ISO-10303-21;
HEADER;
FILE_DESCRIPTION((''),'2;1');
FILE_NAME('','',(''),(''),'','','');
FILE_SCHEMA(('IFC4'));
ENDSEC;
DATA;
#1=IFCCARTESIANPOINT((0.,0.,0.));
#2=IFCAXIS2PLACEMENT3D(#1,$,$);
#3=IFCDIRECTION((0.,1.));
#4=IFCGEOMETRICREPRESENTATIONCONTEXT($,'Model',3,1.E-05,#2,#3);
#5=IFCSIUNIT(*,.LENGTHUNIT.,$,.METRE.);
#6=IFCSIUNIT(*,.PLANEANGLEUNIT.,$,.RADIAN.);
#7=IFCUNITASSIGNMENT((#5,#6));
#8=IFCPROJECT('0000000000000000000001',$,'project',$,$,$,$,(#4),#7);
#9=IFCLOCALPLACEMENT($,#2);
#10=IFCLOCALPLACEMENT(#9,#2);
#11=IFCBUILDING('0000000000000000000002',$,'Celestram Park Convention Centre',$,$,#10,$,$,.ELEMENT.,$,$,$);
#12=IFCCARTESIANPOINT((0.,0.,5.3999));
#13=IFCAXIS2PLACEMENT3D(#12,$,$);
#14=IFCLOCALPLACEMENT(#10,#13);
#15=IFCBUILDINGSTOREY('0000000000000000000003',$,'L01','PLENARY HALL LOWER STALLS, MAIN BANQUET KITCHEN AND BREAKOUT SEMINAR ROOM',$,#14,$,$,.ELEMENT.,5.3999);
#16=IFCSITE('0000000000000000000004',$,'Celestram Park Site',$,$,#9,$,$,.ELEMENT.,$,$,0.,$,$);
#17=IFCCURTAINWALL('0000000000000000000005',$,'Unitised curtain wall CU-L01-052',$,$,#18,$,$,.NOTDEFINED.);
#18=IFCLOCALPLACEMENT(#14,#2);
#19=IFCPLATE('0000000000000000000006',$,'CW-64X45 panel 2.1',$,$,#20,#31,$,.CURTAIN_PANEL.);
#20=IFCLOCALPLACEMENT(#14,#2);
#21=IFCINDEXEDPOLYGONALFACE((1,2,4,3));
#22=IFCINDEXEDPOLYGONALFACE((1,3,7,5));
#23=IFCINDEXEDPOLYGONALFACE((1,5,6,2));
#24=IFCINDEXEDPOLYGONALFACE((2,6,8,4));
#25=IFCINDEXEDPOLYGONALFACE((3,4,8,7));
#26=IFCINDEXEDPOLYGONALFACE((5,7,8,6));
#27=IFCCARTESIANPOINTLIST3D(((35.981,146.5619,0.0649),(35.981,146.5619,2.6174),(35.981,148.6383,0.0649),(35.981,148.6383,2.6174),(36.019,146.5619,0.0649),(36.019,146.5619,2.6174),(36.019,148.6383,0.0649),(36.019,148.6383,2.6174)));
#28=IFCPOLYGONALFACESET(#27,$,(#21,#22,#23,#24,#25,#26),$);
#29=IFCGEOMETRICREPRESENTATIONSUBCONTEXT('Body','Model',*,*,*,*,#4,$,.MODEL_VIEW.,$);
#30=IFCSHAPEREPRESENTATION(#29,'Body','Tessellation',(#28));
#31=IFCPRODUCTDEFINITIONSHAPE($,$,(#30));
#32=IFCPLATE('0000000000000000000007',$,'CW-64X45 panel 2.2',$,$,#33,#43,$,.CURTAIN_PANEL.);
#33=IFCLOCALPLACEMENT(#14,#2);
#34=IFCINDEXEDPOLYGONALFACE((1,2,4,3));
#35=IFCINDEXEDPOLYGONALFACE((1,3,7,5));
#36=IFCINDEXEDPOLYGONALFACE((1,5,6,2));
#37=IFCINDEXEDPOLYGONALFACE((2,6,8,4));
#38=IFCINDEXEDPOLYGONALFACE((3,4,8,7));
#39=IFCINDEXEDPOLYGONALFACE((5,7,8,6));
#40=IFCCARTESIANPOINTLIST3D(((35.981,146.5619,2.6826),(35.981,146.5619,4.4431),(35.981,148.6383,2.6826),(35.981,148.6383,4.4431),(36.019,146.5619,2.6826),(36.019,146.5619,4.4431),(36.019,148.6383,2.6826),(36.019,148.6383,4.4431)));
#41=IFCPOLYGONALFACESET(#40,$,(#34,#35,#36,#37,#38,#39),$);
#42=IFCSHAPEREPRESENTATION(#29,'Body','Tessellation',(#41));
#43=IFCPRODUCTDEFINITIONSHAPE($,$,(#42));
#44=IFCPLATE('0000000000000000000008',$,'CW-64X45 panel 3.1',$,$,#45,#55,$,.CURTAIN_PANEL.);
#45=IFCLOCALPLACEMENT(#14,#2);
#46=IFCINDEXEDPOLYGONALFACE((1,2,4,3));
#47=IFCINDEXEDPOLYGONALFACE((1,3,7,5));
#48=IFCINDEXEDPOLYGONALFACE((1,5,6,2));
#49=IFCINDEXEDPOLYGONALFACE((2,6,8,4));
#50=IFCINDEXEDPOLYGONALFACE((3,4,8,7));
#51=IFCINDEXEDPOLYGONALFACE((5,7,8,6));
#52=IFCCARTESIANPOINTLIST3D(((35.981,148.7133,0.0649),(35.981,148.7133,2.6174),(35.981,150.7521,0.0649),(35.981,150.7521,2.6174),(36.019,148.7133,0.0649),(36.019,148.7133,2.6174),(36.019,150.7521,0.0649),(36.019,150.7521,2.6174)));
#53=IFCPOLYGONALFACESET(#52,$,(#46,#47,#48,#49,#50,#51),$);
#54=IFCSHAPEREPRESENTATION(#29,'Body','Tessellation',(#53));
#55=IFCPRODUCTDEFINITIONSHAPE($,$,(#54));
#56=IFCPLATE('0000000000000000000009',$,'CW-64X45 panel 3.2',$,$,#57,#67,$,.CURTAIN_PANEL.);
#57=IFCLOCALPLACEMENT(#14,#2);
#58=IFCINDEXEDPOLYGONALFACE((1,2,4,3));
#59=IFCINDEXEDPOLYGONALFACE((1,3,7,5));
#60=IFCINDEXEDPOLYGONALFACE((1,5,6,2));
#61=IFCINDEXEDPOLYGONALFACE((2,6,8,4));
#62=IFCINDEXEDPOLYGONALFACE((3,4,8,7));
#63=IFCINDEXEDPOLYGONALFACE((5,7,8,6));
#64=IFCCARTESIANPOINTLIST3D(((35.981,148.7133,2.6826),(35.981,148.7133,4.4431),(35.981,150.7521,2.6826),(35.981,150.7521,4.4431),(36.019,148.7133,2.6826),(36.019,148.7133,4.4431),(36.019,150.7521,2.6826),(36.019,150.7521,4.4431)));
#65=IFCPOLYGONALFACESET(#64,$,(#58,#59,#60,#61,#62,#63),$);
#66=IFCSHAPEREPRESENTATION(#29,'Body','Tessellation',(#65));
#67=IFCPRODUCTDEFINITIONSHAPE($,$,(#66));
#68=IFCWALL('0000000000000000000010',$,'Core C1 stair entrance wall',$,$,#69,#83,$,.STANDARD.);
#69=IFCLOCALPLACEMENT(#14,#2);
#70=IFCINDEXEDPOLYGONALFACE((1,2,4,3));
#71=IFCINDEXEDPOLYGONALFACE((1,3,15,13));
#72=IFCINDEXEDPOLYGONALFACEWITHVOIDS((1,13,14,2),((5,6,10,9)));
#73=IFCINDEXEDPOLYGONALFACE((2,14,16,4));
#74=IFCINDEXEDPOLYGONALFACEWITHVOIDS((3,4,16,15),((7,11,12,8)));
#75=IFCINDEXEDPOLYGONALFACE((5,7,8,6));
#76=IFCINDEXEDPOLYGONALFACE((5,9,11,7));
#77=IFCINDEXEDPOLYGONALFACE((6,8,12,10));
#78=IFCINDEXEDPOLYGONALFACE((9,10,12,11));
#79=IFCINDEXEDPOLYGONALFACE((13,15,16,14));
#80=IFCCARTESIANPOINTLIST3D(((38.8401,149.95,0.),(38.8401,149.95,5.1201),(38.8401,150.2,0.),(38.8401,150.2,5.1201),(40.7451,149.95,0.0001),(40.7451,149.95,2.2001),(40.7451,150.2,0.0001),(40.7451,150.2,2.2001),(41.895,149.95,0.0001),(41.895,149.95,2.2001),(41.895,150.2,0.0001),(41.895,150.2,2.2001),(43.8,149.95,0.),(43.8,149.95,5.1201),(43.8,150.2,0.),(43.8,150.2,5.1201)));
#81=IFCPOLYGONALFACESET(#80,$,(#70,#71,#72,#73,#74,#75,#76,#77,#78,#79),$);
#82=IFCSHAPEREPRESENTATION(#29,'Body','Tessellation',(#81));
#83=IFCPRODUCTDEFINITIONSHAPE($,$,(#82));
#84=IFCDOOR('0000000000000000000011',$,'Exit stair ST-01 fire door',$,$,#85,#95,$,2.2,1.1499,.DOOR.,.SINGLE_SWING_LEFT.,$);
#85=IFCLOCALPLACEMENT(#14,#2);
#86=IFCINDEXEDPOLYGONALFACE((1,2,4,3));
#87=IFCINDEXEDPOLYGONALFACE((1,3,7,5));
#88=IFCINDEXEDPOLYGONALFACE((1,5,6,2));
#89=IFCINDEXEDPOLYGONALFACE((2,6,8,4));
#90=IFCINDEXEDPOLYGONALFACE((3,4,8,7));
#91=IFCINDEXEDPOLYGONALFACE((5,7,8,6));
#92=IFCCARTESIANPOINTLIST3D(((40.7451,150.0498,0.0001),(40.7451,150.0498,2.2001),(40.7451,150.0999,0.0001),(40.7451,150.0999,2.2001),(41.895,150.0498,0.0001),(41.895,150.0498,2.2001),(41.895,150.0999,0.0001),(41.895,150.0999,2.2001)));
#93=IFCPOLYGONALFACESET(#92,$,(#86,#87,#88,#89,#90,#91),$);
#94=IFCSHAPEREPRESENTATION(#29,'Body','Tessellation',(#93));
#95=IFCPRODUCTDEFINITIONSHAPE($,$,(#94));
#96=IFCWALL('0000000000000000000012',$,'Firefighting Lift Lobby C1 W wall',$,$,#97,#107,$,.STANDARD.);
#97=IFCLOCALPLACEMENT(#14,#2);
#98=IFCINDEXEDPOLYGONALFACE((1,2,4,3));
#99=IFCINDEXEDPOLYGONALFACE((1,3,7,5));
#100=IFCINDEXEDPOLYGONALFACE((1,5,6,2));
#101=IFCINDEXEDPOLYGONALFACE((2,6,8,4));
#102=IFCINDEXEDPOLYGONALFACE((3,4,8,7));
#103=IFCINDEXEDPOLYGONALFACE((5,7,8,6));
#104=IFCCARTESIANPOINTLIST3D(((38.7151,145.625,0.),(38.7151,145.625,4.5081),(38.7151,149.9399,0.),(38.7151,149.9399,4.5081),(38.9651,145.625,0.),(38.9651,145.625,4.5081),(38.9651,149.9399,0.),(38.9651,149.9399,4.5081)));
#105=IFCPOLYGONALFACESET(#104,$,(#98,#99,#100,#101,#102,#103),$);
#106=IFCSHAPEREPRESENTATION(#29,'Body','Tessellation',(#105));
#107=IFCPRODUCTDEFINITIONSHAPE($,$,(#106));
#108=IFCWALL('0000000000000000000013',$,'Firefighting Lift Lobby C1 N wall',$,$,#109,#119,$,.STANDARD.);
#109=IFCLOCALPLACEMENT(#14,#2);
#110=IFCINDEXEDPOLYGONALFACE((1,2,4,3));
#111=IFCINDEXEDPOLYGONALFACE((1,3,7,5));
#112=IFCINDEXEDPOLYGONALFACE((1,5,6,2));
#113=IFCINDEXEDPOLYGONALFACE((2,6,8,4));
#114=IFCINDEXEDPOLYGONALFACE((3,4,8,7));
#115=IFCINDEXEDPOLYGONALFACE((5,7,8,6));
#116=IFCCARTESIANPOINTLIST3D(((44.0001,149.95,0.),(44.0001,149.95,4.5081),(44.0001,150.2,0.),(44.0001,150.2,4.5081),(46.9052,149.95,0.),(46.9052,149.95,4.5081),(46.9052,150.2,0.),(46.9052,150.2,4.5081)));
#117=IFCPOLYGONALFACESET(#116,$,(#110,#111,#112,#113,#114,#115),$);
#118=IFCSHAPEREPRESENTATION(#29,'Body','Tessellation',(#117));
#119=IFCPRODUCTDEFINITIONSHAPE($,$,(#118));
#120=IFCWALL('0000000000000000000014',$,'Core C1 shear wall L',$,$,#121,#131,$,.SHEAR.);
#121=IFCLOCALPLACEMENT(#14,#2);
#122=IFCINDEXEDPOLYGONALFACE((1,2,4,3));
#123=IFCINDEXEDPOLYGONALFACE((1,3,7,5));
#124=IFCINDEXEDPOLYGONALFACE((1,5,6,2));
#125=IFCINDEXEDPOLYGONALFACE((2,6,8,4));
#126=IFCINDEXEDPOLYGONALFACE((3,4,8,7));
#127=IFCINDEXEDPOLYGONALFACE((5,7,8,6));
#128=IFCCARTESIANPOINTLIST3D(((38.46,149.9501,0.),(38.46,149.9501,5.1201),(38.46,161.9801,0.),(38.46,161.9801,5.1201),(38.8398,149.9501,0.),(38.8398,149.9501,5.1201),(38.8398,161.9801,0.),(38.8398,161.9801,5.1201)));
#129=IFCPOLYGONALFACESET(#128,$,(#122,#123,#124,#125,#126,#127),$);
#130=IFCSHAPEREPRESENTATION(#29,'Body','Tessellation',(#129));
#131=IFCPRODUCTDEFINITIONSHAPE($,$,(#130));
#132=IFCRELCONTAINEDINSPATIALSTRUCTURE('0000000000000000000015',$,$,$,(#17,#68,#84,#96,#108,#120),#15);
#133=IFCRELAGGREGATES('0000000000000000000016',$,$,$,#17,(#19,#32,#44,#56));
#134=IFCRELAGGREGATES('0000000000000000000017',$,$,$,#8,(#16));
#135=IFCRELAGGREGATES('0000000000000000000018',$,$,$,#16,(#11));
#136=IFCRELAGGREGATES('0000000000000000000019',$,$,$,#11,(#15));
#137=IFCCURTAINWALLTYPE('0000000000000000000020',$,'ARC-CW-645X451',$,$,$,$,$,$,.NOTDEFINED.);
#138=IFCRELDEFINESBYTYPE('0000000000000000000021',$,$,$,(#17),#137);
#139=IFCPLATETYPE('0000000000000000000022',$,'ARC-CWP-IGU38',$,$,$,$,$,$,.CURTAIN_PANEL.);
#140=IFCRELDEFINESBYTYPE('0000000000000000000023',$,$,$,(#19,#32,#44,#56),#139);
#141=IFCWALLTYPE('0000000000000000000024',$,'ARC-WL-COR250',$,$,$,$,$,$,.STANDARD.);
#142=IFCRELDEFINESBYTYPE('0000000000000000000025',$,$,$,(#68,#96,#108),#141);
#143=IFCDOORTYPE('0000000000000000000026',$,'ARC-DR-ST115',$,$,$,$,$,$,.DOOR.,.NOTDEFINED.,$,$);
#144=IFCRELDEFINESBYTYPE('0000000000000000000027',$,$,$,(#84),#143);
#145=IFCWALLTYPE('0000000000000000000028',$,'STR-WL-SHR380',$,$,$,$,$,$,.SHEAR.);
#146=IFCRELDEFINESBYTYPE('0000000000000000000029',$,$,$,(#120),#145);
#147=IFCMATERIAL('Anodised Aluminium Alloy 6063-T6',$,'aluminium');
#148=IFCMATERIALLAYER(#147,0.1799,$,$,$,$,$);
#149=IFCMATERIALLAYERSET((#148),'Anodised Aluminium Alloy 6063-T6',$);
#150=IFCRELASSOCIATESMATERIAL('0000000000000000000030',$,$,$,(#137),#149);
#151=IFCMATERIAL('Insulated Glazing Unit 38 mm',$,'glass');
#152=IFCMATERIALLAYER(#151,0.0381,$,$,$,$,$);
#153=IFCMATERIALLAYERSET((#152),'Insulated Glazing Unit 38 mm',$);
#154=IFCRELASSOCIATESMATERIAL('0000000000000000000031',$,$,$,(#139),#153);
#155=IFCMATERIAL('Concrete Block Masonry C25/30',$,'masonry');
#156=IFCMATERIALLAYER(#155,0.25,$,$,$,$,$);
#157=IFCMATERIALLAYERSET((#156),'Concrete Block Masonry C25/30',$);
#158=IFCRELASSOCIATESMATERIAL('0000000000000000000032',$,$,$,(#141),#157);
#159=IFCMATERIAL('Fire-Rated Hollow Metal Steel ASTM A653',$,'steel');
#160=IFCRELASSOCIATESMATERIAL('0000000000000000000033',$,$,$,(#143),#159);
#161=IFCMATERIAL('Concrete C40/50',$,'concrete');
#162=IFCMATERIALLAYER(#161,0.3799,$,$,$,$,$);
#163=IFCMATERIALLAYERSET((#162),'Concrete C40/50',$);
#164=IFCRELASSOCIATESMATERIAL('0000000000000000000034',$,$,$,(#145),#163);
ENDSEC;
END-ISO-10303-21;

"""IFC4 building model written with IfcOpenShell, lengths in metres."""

from ifc_helpers import new_model, si_unit, direction, frame, frame_2d, origin, origin_2d, place, context, subcontext, project, spatial, rectangle, extrude, material, layer, layer_set, type_object, element, fill, aggregate, save


model = new_model("IFC4")

# Units and contexts
model_context = context("Model", 3, precision=1e-05, world=origin(), true_north=direction((0.0, 1.0)))
body_context = subcontext(model_context, "Body", "Model", "MODEL_VIEW")
ifc_project = project(units=[si_unit("LENGTHUNIT", "METRE"), si_unit("PLANEANGLEUNIT", "RADIAN")], contexts=[model_context])

# Site, building, storey
site_placement = place(None, origin())
site = spatial("IfcSite", under=ifc_project, at=site_placement, Name="Celestram Park Site", CompositionType="ELEMENT", RefElevation=0.0)
building_placement = place(site_placement, origin())
building = spatial("IfcBuilding", under=site, at=building_placement, Name="Celestram Park Convention Centre", CompositionType="ELEMENT")
storey_placement = place(building_placement, frame((0.0, 0.0, 5.3999)))
storey = spatial("IfcBuildingStorey", under=building, at=storey_placement, Name="L01", Description="PLENARY HALL LOWER STALLS, MAIN BANQUET KITCHEN AND BREAKOUT SEMINAR ROOM", CompositionType="ELEMENT", Elevation=5.3999)

# Shared definitions
ifc_material_1 = material(Name="Concrete C40/50", Category="concrete")

# Curtain wall
ifc_material_2 = material(Name="Anodised Aluminium Alloy 6063-T6", Category="aluminium")
ifc_layer_1 = layer(ifc_material_2, 0.1799)
ifc_layer_set_1 = layer_set([ifc_layer_1], Name="Anodised Aluminium Alloy 6063-T6")
curtain_wall_type = type_object("IfcCurtainWallType", Name="ARC-CW-645X451", PredefinedType="NOTDEFINED", material=ifc_layer_set_1)
curtain_wall_placement = place(storey_placement, origin())
curtain_wall = element("IfcCurtainWall", 1, at=curtain_wall_placement, inside=storey, type_object=curtain_wall_type, Name="Unitised curtain wall CU-L01-052", PredefinedType="NOTDEFINED")

# Plates
ifc_material_3 = material(Name="Insulated Glazing Unit 38 mm", Category="glass")
ifc_layer_2 = layer(ifc_material_3, 0.0381)
ifc_layer_set_2 = layer_set([ifc_layer_2], Name="Insulated Glazing Unit 38 mm")
plate_type = type_object("IfcPlateType", Name="ARC-CWP-IGU38", PredefinedType="CURTAIN_PANEL", material=ifc_layer_set_2)
plate_1_placement = place(storey_placement, frame((36.0, 147.6001, 0.0649), z_axis=(0.0, 0.0, 1.0), x_axis=(0.0, 1.0, 0.0)))
plate_1 = element("IfcPlate", 2, at=plate_1_placement, type_object=plate_type, Name="CW-64X45 panel 2.1", PredefinedType="CURTAIN_PANEL", context=body_context, shape_type="SweptSolid", body=[
    extrude(rectangle(XDim=2.0764, YDim=0.0381, at=origin_2d()), origin(), (0.0, 0.0, 1.0), 2.5525),
])
plate_2_placement = place(storey_placement, frame((36.0, 147.6001, 2.6826), z_axis=(0.0, 0.0, 1.0), x_axis=(0.0, 1.0, 0.0)))
plate_2 = element("IfcPlate", 3, at=plate_2_placement, type_object=plate_type, Name="CW-64X45 panel 2.2", PredefinedType="CURTAIN_PANEL", context=body_context, shape_type="SweptSolid", body=[
    extrude(rectangle(XDim=2.0764, YDim=0.0381, at=origin_2d()), origin(), (0.0, 0.0, 1.0), 1.7605),
])
plate_3_placement = place(storey_placement, frame((36.0, 149.7327, 0.0649), z_axis=(0.0, 0.0, 1.0), x_axis=(0.0, 1.0, 0.0)))
plate_3 = element("IfcPlate", 4, at=plate_3_placement, type_object=plate_type, Name="CW-64X45 panel 3.1", PredefinedType="CURTAIN_PANEL", context=body_context, shape_type="SweptSolid", body=[
    extrude(rectangle(XDim=2.0388, YDim=0.0381, at=origin_2d()), origin(), (0.0, 0.0, 1.0), 2.5525),
])
plate_4_placement = place(storey_placement, frame((36.0, 149.7327, 2.6826), z_axis=(0.0, 0.0, 1.0), x_axis=(0.0, 1.0, 0.0)))
plate_4 = element("IfcPlate", 5, at=plate_4_placement, type_object=plate_type, Name="CW-64X45 panel 3.2", PredefinedType="CURTAIN_PANEL", context=body_context, shape_type="SweptSolid", body=[
    extrude(rectangle(XDim=2.0388, YDim=0.0381, at=origin_2d()), origin(), (0.0, 0.0, 1.0), 1.7605),
])
aggregate(curtain_wall, [plate_1, plate_2, plate_3, plate_4])

# Wall, opening, door
ifc_material_4 = material(Name="Concrete Block Masonry C25/30", Category="masonry")
ifc_layer_3 = layer(ifc_material_4, 0.25)
ifc_layer_set_3 = layer_set([ifc_layer_3], Name="Concrete Block Masonry C25/30")
wall_type_1 = type_object("IfcWallType", Name="ARC-WL-COR250", PredefinedType="STANDARD", material=ifc_layer_set_3)
wall_1_placement = place(storey_placement, frame((38.8401, 150.075, 0.0), z_axis=(0.0, 0.0, 1.0), x_axis=(1.0, 0.0, 0.0)))
wall_1 = element("IfcWall", 6, at=wall_1_placement, inside=storey, type_object=wall_type_1, Name="Core C1 stair entrance wall", PredefinedType="STANDARD", context=body_context, shape_type="SweptSolid", body=[
    extrude(rectangle(XDim=4.96, YDim=0.25, at=frame_2d((2.48, 0.0))), origin(), (0.0, 0.0, 1.0), 5.1201),
])
opening_placement = place(wall_1_placement, frame((1.905, 0.0, 0.0)))
opening = element("IfcOpeningElement", 7, at=opening_placement, cuts=wall_1, PredefinedType="OPENING", context=body_context, shape_type="SweptSolid", body=[
    extrude(rectangle(XDim=1.1499, YDim=2.2, at=frame_2d((0.575, 1.1001))), frame((0.0, 0.135, 0.0), z_axis=(0.0, -1.0, 0.0), x_axis=(1.0, 0.0, 0.0)), (0.0, 0.0, 1.0), 0.27),
])
ifc_material_5 = material(Name="Fire-Rated Hollow Metal Steel ASTM A653", Category="steel")
door_type = type_object("IfcDoorType", Name="ARC-DR-ST115", OperationType="NOTDEFINED", PredefinedType="DOOR", material=ifc_material_5)
door_placement = place(opening_placement, origin())
door = element("IfcDoor", 8, at=door_placement, inside=storey, type_object=door_type, Name="Exit stair ST-01 fire door", OperationType="SINGLE_SWING_LEFT", OverallHeight=2.2, OverallWidth=1.1499, PredefinedType="DOOR", context=body_context, shape_type="SweptSolid", body=[
    extrude(rectangle(XDim=1.1499, YDim=2.2, at=frame_2d((0.575, 1.1001))), frame((0.0, 0.0249, 0.0), z_axis=(0.0, -1.0, 0.0), x_axis=(1.0, 0.0, 0.0)), (0.0, 0.0, 1.0), 0.05),
])
fill(opening, door)

# Walls
wall_2_placement = place(storey_placement, frame((38.8401, 149.9399, 0.0), z_axis=(0.0, 0.0, 1.0), x_axis=(0.0, -1.0, 0.0)))
element("IfcWall", 9, at=wall_2_placement, inside=storey, type_object=wall_type_1, Name="Firefighting Lift Lobby C1 W wall", PredefinedType="STANDARD", context=body_context, shape_type="SweptSolid", body=[
    extrude(rectangle(XDim=4.3149, YDim=0.25, at=frame_2d((2.1575, 0.0))), origin(), (0.0, 0.0, 1.0), 4.5081),
])
wall_3_placement = place(storey_placement, frame((44.0, 150.075, 0.0), z_axis=(0.0, 0.0, 1.0), x_axis=(1.0, 0.0, 0.0)))
element("IfcWall", 10, at=wall_3_placement, inside=storey, type_object=wall_type_1, Name="Firefighting Lift Lobby C1 N wall", PredefinedType="STANDARD", context=body_context, shape_type="SweptSolid", body=[
    extrude(rectangle(XDim=2.905, YDim=0.25, at=frame_2d((1.4526, 0.0))), origin(), (0.0, 0.0, 1.0), 4.5081),
])
ifc_layer_4 = layer(ifc_material_1, 0.3799)
ifc_layer_set_4 = layer_set([ifc_layer_4], Name="Concrete C40/50")
wall_type_2 = type_object("IfcWallType", Name="STR-WL-SHR380", PredefinedType="SHEAR", material=ifc_layer_set_4)
wall_4_placement = place(storey_placement, frame((38.6499, 149.95, 0.0), z_axis=(0.0, 0.0, 1.0), x_axis=(0.0, 1.0, 0.0)))
element("IfcWall", 11, at=wall_4_placement, inside=storey, type_object=wall_type_2, Name="Core C1 shear wall L", PredefinedType="SHEAR", context=body_context, shape_type="SweptSolid", body=[
    extrude(rectangle(XDim=12.03, YDim=0.3799, at=frame_2d((6.0151, 0.0))), origin(), (0.0, 0.0, 1.0), 5.1201),
])

save(model, "model.ifc")
